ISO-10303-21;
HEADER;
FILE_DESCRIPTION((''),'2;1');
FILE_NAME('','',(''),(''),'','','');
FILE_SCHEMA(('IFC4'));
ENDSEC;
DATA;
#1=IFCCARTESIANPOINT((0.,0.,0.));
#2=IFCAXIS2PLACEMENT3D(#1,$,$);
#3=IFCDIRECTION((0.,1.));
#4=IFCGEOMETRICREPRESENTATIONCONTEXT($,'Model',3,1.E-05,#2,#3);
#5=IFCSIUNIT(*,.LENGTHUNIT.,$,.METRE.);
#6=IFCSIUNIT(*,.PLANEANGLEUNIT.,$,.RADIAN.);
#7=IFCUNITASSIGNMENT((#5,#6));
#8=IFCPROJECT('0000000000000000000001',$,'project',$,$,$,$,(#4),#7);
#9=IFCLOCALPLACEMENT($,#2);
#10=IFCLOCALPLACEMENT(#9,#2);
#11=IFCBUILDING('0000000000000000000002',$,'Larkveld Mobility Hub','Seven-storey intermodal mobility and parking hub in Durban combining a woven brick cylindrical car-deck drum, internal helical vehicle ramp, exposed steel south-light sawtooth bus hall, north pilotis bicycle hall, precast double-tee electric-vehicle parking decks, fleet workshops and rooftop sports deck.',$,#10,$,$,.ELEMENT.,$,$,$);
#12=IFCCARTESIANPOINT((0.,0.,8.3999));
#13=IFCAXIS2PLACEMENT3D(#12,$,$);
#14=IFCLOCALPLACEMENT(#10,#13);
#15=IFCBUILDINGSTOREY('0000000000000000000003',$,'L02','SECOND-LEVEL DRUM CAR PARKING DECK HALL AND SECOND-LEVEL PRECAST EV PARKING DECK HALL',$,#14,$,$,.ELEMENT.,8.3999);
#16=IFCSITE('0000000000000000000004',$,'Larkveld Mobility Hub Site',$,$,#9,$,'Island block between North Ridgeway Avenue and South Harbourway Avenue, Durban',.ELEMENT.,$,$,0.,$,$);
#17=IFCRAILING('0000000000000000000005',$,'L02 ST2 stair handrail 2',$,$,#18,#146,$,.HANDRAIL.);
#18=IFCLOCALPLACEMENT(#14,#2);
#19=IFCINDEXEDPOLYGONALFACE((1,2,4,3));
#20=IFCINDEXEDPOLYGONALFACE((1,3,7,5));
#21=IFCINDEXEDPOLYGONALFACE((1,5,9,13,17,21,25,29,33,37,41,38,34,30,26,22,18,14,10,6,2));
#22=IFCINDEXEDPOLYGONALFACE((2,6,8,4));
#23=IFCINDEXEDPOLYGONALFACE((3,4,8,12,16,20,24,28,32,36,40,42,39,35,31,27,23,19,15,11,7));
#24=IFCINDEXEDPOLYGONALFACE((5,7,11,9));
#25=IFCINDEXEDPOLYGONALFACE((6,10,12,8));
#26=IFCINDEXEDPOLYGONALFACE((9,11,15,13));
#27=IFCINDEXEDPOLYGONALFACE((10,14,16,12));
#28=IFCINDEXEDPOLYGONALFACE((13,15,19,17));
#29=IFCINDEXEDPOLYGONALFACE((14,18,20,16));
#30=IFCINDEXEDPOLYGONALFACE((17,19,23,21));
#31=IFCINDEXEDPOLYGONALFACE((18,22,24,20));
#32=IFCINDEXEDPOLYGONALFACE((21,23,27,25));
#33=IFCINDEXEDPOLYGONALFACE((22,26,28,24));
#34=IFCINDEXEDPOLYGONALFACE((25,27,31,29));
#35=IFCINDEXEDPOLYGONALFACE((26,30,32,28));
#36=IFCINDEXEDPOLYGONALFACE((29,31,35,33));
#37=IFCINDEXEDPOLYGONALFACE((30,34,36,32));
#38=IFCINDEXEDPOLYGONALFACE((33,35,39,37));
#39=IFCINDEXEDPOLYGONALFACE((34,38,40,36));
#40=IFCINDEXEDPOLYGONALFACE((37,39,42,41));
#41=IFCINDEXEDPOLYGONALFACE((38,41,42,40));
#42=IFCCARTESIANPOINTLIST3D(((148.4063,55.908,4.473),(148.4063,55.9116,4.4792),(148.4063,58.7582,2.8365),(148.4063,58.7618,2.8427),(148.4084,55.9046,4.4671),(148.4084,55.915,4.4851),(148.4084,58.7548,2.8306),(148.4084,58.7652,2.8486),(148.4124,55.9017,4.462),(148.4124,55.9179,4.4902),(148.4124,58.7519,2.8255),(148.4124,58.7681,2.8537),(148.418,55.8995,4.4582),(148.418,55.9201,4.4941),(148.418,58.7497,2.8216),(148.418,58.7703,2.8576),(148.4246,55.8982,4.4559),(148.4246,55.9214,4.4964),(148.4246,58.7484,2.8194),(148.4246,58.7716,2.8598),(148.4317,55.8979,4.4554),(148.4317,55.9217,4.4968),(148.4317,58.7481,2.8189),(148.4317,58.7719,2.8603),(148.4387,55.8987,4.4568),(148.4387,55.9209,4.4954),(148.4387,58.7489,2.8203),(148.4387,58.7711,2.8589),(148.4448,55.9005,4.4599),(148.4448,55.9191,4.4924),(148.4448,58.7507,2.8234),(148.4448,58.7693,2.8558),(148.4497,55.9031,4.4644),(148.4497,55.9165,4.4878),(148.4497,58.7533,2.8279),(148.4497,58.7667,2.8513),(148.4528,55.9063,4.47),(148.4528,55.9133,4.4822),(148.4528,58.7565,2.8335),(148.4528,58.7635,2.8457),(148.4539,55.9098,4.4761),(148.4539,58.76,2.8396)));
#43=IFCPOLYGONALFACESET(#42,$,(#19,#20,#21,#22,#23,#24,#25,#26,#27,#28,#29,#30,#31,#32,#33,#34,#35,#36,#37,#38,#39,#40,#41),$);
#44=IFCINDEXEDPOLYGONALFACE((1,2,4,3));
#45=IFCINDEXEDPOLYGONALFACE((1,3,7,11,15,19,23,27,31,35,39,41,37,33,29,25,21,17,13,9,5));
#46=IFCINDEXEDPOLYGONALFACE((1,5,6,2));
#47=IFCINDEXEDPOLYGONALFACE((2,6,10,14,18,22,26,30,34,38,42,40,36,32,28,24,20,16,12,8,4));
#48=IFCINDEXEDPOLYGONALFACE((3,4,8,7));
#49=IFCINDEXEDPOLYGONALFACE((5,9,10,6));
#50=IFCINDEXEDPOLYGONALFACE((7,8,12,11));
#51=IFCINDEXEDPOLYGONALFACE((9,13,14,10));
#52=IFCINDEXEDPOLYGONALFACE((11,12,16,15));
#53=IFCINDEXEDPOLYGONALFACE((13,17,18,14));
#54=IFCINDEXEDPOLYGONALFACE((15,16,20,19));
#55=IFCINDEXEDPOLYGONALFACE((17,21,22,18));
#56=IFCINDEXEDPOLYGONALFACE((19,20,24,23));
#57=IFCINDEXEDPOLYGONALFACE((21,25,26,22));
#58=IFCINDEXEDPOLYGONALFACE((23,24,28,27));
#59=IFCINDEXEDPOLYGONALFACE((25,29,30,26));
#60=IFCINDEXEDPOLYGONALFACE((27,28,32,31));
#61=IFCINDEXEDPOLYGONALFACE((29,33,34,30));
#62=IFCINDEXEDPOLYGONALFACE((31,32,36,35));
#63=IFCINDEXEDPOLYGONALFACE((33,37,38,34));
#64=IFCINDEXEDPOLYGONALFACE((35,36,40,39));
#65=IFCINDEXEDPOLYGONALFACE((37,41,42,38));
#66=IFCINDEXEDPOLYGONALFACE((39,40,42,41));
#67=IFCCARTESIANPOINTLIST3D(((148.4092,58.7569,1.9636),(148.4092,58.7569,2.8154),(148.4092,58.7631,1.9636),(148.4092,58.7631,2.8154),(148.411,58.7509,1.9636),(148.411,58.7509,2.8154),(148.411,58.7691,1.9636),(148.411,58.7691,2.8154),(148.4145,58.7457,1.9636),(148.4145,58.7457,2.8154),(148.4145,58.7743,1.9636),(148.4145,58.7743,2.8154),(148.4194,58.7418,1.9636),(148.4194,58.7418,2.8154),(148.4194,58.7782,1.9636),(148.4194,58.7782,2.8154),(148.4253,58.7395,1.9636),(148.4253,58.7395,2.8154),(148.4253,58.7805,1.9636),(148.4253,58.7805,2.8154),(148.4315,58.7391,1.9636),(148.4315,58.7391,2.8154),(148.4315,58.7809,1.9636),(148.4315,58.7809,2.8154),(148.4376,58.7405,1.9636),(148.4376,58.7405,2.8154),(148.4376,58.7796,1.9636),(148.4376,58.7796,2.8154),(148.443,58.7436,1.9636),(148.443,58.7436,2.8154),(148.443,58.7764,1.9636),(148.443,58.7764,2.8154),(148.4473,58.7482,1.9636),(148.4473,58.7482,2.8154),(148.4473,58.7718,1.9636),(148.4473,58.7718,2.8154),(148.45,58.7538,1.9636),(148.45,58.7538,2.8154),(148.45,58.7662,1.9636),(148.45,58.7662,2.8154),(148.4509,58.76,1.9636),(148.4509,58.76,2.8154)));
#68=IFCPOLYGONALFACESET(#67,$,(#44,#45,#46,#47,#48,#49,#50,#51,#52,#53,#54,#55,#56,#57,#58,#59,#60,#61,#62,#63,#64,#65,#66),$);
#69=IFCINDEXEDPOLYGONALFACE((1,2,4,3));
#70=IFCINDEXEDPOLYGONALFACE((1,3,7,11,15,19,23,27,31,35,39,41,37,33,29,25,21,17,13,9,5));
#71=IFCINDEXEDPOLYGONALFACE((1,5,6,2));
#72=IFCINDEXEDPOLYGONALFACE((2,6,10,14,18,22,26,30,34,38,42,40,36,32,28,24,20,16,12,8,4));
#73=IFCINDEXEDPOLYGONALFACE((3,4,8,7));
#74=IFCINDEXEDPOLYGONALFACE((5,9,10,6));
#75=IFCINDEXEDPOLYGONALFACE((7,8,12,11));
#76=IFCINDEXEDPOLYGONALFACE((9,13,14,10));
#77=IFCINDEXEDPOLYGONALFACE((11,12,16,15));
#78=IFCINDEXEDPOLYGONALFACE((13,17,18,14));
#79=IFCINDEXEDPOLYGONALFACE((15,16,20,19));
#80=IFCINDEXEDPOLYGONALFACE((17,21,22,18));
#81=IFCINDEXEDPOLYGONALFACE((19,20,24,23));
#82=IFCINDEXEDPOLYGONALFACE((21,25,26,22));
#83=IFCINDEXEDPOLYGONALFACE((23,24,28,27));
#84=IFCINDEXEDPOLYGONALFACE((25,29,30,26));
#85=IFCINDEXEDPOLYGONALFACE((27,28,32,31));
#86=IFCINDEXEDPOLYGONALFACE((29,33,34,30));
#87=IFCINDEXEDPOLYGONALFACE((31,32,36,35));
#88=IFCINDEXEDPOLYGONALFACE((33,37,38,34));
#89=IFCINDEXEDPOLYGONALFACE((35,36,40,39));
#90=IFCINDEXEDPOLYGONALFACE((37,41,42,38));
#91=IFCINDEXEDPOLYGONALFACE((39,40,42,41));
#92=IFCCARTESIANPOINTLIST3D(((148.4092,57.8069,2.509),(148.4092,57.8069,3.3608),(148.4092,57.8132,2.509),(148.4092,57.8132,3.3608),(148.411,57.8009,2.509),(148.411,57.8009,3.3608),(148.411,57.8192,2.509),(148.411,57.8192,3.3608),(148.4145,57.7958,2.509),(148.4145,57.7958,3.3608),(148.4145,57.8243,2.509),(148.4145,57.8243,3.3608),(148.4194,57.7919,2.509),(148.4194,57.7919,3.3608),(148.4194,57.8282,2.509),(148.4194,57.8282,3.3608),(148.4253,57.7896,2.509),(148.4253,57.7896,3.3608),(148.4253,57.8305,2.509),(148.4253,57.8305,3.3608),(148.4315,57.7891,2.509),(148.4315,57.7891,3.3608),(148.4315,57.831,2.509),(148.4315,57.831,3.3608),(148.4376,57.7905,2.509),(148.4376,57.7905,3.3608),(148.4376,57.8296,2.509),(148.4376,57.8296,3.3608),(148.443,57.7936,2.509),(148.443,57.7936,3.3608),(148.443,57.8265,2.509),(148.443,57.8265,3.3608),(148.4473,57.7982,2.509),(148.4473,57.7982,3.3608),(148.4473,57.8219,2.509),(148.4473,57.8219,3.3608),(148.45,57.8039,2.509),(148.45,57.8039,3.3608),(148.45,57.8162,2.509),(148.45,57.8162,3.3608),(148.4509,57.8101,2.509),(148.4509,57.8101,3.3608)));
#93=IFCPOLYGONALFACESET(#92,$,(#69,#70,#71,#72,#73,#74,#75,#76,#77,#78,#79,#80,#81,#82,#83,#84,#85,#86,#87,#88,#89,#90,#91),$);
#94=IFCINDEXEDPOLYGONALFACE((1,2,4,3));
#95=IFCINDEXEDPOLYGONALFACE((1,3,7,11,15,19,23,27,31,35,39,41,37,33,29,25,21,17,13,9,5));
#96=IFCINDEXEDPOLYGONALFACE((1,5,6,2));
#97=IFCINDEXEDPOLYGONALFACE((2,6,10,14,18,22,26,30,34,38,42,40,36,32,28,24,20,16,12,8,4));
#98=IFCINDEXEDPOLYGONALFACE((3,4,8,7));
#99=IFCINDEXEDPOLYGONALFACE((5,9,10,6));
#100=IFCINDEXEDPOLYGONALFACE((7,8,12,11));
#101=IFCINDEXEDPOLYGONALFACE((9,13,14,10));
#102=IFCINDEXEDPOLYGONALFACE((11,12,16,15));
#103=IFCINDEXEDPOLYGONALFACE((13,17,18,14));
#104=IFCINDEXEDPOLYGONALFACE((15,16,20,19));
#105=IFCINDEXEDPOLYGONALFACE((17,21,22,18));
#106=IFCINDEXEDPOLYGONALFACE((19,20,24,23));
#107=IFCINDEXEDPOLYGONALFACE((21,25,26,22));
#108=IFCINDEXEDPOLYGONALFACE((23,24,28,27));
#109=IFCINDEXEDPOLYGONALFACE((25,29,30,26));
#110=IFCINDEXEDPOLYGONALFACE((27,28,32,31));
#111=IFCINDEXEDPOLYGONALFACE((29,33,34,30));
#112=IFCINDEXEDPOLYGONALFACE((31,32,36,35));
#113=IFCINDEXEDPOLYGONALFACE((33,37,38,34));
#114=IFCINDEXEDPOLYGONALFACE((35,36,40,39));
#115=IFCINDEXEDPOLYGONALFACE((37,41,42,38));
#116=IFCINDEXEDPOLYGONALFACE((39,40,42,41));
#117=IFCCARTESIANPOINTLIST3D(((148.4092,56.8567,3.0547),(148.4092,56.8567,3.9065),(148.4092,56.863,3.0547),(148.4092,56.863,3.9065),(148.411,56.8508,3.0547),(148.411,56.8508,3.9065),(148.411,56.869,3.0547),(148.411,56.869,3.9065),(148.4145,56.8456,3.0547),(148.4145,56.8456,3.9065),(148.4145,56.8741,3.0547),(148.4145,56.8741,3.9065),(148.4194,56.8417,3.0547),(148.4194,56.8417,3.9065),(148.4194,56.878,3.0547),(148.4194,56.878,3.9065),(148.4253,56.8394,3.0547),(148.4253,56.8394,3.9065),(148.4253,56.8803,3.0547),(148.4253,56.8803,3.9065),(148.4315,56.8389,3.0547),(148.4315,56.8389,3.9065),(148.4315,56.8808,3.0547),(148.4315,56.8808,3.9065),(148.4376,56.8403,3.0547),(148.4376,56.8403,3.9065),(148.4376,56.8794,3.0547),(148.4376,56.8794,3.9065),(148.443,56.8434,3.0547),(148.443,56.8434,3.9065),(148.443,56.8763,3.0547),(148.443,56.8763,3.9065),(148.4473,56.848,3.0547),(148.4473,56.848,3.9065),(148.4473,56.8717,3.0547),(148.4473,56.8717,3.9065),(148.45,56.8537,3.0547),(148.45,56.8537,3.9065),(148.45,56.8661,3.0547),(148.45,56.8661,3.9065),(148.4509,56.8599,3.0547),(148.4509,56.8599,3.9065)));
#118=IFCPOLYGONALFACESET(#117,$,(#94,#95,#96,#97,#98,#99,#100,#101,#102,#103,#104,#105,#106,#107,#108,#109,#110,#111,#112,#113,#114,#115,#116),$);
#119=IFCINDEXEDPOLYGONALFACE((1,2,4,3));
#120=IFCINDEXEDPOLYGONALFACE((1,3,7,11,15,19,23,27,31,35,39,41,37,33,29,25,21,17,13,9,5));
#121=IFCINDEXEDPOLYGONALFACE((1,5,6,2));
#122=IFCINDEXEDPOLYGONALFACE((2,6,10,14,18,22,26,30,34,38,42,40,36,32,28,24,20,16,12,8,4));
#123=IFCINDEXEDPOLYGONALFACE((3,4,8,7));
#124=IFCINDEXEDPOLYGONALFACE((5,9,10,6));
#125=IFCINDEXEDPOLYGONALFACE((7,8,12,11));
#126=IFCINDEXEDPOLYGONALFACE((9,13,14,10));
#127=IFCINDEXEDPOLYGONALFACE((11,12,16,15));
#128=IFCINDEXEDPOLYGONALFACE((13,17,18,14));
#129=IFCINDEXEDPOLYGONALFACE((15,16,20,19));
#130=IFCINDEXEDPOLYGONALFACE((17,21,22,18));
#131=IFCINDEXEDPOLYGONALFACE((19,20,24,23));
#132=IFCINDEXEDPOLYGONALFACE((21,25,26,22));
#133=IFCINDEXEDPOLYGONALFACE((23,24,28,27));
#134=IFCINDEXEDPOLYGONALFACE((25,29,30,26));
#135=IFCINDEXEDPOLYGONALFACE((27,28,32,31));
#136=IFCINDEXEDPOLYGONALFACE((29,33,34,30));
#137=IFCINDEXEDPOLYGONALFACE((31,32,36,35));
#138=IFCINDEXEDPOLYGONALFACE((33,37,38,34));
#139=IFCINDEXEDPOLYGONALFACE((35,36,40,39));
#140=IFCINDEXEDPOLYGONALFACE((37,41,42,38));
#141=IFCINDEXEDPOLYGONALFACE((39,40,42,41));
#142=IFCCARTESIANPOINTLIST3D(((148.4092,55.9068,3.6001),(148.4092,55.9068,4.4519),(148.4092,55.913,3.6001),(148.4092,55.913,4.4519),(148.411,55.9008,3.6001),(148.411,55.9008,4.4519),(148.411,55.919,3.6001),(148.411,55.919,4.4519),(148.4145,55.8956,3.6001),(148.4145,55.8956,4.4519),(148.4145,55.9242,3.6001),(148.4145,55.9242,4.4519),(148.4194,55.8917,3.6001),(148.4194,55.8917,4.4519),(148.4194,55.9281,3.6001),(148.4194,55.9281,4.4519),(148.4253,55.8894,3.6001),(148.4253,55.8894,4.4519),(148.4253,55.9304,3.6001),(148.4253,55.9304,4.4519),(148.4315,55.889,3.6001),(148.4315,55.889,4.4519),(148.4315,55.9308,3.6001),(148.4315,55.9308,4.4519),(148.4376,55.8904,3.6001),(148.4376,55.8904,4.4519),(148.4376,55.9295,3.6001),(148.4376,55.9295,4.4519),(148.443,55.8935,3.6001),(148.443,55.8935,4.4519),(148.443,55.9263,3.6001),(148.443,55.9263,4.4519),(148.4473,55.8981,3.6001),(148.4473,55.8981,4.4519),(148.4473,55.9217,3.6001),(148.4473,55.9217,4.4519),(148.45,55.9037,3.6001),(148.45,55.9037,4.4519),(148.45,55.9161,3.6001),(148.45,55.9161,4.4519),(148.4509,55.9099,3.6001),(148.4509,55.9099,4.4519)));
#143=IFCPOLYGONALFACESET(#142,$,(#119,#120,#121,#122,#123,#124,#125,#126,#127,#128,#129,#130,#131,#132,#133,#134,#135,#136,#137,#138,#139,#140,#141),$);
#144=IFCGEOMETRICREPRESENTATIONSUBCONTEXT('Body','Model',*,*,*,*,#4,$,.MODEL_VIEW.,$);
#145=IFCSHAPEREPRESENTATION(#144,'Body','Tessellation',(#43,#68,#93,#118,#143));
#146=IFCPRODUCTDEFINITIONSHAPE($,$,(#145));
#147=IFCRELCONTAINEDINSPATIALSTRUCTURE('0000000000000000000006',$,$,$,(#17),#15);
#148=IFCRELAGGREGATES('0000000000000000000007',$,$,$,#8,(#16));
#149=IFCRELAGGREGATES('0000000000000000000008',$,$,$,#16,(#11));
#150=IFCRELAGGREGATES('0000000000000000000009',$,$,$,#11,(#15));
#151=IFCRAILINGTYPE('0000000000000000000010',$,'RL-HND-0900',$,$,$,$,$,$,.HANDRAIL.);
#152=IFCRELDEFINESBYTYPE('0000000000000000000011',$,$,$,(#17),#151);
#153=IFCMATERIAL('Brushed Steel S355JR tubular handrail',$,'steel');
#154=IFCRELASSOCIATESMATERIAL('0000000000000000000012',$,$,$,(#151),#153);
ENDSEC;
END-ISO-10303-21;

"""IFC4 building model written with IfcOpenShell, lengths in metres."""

from ifc_helpers import new_model, si_unit, direction, frame, origin, origin_2d, place, context, subcontext, project, spatial, circle, extrude, material, type_object, element, save


model = new_model("IFC4")

# Units and contexts
model_context = context("Model", 3, precision=1e-05, world=origin(), true_north=direction((0.0, 1.0)))
body_context = subcontext(model_context, "Body", "Model", "MODEL_VIEW")
ifc_project = project(units=[si_unit("LENGTHUNIT", "METRE"), si_unit("PLANEANGLEUNIT", "RADIAN")], contexts=[model_context])

# Site, building, storey
site_placement = place(None, origin())
site = spatial("IfcSite", under=ifc_project, at=site_placement, Name="Larkveld Mobility Hub Site", LongName="Island block between North Ridgeway Avenue and South Harbourway Avenue, Durban", CompositionType="ELEMENT", RefElevation=0.0)
building_placement = place(site_placement, origin())
building = spatial("IfcBuilding", under=site, at=building_placement, Name="Larkveld Mobility Hub", Description="Seven-storey intermodal mobility and parking hub in Durban combining a woven brick cylindrical car-deck drum, internal helical vehicle ramp, exposed steel south-light sawtooth bus hall, north pilotis bicycle hall, precast double-tee electric-vehicle parking decks, fleet workshops and rooftop sports deck.", CompositionType="ELEMENT")
storey_placement = place(building_placement, frame((0.0, 0.0, 8.3999)))
storey = spatial("IfcBuildingStorey", under=building, at=storey_placement, Name="L02", Description="SECOND-LEVEL DRUM CAR PARKING DECK HALL AND SECOND-LEVEL PRECAST EV PARKING DECK HALL", CompositionType="ELEMENT", Elevation=8.3999)

# Railing
ifc_material_1 = material(Name="Brushed Steel S355JR tubular handrail", Category="steel")
railing_type_1 = type_object("IfcRailingType", Name="RL-HND-0900", PredefinedType="HANDRAIL", material=ifc_material_1)
railing_1_placement = place(storey_placement, frame((148.4299, 58.76, 1.9636)))
element("IfcRailing", 1, at=railing_1_placement, inside=storey, type_object=railing_type_1, Name="L02 ST2 stair handrail 2", PredefinedType="HANDRAIL", context=body_context, shape_type="SweptSolid", body=[
    extrude(circle(Radius=0.0239, at=origin_2d()), frame((0.0, 0.0, 0.876), z_axis=(0.0, -0.867213, 0.497938), x_axis=(1.0, 0.0, 0.0)), (0.0, 0.0, 1.0), 3.2866),
    extrude(circle(Radius=0.021, at=origin_2d()), origin(), (0.0, 0.0, 1.0), 0.8518),
    extrude(circle(Radius=0.021, at=origin_2d()), frame((0.0, -0.95, 0.5454)), (0.0, 0.0, 1.0), 0.8518),
    extrude(circle(Radius=0.021, at=origin_2d()), frame((0.0, -1.9001, 1.0911)), (0.0, 0.0, 1.0), 0.8518),
    extrude(circle(Radius=0.021, at=origin_2d()), frame((0.0, -2.8501, 1.6365)), (0.0, 0.0, 1.0), 0.8518),
])

save(model, "model.ifc")
